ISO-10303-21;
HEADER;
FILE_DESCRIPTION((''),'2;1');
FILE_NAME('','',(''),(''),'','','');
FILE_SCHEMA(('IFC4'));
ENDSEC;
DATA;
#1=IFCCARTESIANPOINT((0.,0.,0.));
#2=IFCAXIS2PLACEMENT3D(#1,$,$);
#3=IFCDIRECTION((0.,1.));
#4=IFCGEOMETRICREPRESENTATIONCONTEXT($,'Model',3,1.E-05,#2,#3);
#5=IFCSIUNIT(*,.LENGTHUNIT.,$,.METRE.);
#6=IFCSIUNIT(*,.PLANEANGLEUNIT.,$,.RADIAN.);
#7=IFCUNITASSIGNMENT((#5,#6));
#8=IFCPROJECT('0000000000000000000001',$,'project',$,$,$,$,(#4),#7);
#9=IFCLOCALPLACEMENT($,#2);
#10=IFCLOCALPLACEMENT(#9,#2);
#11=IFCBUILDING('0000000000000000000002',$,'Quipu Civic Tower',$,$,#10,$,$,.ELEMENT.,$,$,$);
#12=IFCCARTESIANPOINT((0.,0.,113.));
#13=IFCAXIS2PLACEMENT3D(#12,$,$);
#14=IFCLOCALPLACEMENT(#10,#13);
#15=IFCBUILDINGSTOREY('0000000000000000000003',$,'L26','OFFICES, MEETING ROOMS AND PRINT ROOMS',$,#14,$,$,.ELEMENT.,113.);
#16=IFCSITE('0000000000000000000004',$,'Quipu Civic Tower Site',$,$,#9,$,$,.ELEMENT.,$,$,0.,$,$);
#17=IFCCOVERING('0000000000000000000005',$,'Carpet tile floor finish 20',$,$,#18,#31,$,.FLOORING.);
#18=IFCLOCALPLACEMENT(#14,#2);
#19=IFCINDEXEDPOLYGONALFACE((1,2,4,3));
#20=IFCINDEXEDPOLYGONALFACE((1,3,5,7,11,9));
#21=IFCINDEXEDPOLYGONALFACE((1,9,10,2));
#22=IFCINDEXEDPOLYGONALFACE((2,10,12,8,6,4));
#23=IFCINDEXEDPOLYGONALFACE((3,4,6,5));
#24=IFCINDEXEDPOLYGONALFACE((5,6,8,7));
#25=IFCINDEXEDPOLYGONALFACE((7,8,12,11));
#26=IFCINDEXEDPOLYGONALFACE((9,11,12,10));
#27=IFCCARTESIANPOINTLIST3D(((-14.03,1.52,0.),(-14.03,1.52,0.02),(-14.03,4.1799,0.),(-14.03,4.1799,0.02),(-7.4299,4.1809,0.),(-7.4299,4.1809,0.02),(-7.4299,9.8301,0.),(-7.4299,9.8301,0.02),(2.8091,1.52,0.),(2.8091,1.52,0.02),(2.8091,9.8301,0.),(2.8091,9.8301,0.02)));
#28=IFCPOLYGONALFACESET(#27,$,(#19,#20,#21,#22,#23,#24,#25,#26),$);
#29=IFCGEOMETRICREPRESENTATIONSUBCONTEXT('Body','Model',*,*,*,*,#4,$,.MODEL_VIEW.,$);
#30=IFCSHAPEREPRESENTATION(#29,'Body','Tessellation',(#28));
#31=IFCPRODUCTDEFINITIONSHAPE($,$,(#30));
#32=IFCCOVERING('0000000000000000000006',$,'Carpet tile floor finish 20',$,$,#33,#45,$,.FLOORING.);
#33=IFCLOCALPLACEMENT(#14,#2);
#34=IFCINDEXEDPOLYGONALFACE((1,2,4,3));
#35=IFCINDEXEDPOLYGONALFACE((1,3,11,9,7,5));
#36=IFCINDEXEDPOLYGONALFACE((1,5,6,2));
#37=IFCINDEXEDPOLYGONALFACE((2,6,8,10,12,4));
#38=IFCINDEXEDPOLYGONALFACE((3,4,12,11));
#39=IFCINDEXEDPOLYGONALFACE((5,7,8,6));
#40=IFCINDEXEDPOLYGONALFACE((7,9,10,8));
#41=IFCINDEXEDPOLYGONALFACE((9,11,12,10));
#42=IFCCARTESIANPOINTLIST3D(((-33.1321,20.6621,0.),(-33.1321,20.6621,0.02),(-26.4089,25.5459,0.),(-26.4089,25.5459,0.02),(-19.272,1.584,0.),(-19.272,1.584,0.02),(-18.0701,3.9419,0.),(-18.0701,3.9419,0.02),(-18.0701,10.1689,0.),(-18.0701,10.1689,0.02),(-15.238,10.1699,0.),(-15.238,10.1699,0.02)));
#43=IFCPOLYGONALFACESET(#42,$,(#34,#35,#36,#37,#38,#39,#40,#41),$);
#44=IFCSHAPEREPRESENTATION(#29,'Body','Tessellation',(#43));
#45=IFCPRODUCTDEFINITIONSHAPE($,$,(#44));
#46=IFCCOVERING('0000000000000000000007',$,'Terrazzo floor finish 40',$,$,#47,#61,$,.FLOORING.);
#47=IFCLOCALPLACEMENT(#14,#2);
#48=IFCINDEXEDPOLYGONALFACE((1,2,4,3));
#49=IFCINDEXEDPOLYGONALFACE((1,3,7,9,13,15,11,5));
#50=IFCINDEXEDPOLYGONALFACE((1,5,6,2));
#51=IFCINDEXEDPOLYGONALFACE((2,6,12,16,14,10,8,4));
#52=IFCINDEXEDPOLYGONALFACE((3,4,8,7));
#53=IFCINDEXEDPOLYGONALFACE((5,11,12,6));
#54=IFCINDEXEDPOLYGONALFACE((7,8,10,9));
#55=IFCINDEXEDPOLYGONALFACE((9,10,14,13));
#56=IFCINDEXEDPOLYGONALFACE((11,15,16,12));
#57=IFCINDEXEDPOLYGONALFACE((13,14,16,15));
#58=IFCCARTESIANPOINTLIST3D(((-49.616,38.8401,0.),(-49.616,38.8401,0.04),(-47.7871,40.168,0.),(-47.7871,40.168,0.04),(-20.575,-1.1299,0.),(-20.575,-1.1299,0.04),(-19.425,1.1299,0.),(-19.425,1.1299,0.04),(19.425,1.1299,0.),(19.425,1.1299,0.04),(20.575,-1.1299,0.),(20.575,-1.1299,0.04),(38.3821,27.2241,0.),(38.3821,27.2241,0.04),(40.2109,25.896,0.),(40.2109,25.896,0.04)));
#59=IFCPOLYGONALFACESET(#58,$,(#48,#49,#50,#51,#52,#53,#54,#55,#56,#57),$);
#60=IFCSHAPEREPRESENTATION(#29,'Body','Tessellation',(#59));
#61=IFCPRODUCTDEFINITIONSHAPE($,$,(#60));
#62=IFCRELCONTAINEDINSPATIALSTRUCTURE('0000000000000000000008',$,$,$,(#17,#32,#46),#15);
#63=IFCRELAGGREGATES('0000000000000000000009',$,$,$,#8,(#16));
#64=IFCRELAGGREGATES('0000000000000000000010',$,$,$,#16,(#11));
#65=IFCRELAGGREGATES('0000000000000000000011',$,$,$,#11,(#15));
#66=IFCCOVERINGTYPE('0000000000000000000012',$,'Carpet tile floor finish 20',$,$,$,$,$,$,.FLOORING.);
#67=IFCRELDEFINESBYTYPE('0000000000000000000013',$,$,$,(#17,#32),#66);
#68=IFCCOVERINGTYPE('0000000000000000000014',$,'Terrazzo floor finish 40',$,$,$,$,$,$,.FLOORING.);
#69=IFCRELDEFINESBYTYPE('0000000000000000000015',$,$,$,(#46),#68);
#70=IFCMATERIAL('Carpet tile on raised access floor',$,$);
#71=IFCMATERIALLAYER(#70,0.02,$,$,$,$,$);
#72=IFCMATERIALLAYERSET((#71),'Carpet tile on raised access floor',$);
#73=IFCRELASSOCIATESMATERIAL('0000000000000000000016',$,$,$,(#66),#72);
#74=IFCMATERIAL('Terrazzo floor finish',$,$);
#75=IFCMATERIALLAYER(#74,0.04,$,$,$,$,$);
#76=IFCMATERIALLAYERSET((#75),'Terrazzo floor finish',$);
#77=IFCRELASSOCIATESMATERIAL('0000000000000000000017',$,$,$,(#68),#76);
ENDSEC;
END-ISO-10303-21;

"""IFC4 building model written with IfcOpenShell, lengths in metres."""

from ifc_helpers import new_model, si_unit, direction, frame, origin, place, context, subcontext, project, spatial, polyline, outline, extrude, material, layer, layer_set, type_object, element, save


model = new_model("IFC4")

# Units and contexts
model_context = context("Model", 3, precision=1e-05, world=origin(), true_north=direction((0.0, 1.0)))
body_context = subcontext(model_context, "Body", "Model", "MODEL_VIEW")
ifc_project = project(units=[si_unit("LENGTHUNIT", "METRE"), si_unit("PLANEANGLEUNIT", "RADIAN")], contexts=[model_context])

# Site, building, storey
site_placement = place(None, origin())
site = spatial("IfcSite", under=ifc_project, at=site_placement, Name="Quipu Civic Tower Site", CompositionType="ELEMENT", RefElevation=0.0)
building_placement = place(site_placement, origin())
building = spatial("IfcBuilding", under=site, at=building_placement, Name="Quipu Civic Tower", CompositionType="ELEMENT")
storey_placement = place(building_placement, frame((0.0, 0.0, 113.0)))
storey = spatial("IfcBuildingStorey", under=building, at=storey_placement, Name="L26", Description="OFFICES, MEETING ROOMS AND PRINT ROOMS", CompositionType="ELEMENT", Elevation=113.0)

# Coverings
ifc_material_1 = material(Name="Carpet tile on raised access floor")
ifc_layer_1 = layer(ifc_material_1, 0.02)
ifc_layer_set_1 = layer_set([ifc_layer_1], Name="Carpet tile on raised access floor")
covering_type_1 = type_object("IfcCoveringType", Name="Carpet tile floor finish 20", PredefinedType="FLOORING", material=ifc_layer_set_1)
covering_1_placement = place(storey_placement, origin())
element("IfcCovering", 1, at=covering_1_placement, inside=storey, type_object=covering_type_1, Name="Carpet tile floor finish 20", PredefinedType="FLOORING", context=body_context, shape_type="SweptSolid", body=[
    extrude(outline(polyline([(-14.03, 1.52), (-14.03, 4.1799), (-7.4299, 4.1809), (-7.4299, 9.8301), (2.8091, 9.8301), (2.8091, 1.52), (-14.03, 1.52)])), origin(), (0.0, 0.0, 1.0), 0.02),
])
covering_2_placement = place(storey_placement, origin())
element("IfcCovering", 2, at=covering_2_placement, inside=storey, type_object=covering_type_1, Name="Carpet tile floor finish 20", PredefinedType="FLOORING", context=body_context, shape_type="SweptSolid", body=[
    extrude(outline(polyline([(-33.1321, 20.6621), (-26.4089, 25.5459), (-15.238, 10.1699), (-18.0701, 10.1689), (-18.0701, 3.9419), (-19.272, 1.584), (-33.1321, 20.6621)])), origin(), (0.0, 0.0, 1.0), 0.02),
])
ifc_material_2 = material(Name="Terrazzo floor finish")
ifc_layer_2 = layer(ifc_material_2, 0.04)
ifc_layer_set_2 = layer_set([ifc_layer_2], Name="Terrazzo floor finish")
covering_type_2 = type_object("IfcCoveringType", Name="Terrazzo floor finish 40", PredefinedType="FLOORING", material=ifc_layer_set_2)
covering_3_placement = place(storey_placement, origin())
element("IfcCovering", 3, at=covering_3_placement, inside=storey, type_object=covering_type_2, Name="Terrazzo floor finish 40", PredefinedType="FLOORING", context=body_context, shape_type="SweptSolid", body=[
    extrude(outline(polyline([(38.3821, 27.2241), (40.2109, 25.896), (20.575, -1.1299), (-20.575, -1.1299), (-49.616, 38.8401), (-47.7871, 40.168), (-19.425, 1.1299), (19.425, 1.1299), (38.3821, 27.2241)])), origin(), (0.0, 0.0, 1.0), 0.04),
])

save(model, "model.ifc")
